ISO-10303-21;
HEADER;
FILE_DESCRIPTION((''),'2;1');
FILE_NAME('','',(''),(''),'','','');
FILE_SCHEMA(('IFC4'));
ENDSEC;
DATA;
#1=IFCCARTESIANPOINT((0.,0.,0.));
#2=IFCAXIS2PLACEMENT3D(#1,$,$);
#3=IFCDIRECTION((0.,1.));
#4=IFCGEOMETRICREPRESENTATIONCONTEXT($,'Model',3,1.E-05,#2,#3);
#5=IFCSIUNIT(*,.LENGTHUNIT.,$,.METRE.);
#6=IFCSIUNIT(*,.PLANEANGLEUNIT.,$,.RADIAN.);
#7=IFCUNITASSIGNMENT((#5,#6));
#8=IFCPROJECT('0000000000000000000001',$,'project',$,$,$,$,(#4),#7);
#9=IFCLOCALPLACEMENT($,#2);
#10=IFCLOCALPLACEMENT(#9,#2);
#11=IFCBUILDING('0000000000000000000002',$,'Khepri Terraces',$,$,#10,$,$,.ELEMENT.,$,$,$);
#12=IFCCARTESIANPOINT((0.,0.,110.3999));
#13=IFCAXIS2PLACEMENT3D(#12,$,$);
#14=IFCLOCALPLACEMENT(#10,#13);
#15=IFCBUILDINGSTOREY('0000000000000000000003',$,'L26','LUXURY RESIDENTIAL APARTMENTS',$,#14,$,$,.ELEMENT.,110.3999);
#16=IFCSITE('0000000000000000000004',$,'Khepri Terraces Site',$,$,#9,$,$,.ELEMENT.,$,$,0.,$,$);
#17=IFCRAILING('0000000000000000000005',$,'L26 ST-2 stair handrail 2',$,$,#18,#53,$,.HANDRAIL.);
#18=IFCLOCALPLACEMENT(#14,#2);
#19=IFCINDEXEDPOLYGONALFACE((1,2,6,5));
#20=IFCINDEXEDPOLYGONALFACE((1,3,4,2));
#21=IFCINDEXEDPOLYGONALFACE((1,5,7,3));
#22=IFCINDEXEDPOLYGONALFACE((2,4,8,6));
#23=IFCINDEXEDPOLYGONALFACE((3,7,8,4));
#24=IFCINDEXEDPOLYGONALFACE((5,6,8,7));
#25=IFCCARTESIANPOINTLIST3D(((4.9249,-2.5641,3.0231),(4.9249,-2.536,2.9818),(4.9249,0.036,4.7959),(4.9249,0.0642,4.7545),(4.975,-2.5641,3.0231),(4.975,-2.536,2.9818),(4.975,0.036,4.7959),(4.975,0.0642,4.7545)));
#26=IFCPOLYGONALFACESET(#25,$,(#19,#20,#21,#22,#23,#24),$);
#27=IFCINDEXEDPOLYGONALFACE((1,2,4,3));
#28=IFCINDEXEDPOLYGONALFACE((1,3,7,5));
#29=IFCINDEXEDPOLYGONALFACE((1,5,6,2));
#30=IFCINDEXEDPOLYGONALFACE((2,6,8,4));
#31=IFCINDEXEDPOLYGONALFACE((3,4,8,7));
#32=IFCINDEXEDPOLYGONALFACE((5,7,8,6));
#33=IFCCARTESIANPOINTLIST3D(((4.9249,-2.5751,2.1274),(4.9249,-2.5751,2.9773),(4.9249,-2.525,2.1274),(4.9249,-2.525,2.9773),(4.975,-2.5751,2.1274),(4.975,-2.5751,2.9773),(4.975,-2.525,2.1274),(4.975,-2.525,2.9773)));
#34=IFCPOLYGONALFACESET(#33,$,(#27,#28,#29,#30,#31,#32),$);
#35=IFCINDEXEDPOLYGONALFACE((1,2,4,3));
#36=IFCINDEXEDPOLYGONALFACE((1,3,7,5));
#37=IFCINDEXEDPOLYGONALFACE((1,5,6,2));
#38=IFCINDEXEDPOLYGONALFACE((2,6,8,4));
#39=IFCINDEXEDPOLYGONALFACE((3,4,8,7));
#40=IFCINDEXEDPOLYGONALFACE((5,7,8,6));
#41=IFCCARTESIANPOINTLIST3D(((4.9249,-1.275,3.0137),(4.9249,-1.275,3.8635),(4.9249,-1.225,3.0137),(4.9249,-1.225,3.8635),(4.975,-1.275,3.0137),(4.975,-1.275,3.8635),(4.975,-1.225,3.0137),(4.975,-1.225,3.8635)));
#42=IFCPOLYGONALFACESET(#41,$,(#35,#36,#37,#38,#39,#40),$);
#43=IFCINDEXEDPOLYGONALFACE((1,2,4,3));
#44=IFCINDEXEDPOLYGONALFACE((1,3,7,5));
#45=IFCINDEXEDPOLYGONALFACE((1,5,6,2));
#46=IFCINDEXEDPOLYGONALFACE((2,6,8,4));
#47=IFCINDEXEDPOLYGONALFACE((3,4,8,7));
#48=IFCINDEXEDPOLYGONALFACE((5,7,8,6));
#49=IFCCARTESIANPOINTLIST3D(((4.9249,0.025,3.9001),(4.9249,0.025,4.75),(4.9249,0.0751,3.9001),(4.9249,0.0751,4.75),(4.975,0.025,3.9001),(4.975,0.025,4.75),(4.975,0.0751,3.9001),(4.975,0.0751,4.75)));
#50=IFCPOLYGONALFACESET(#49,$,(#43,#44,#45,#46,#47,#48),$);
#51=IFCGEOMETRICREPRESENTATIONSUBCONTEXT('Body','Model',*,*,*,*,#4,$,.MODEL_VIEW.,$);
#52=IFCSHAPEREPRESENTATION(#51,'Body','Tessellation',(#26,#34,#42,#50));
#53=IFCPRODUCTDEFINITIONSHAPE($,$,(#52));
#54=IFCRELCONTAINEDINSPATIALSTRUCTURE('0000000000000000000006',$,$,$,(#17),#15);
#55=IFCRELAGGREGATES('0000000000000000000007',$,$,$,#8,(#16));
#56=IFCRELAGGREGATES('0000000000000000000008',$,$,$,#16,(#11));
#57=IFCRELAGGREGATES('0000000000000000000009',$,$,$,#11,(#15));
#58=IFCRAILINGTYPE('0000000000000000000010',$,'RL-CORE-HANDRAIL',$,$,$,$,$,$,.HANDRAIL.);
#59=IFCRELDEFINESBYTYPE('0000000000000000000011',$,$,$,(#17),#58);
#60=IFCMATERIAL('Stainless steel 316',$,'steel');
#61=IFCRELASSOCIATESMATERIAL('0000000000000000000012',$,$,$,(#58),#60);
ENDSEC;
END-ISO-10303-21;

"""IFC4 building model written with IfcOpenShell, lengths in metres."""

from ifc_helpers import new_model, si_unit, direction, frame, origin, origin_2d, place, context, subcontext, project, spatial, rectangle, extrude, material, type_object, element, save


model = new_model("IFC4")

# Units and contexts
model_context = context("Model", 3, precision=1e-05, world=origin(), true_north=direction((0.0, 1.0)))
body_context = subcontext(model_context, "Body", "Model", "MODEL_VIEW")
ifc_project = project(units=[si_unit("LENGTHUNIT", "METRE"), si_unit("PLANEANGLEUNIT", "RADIAN")], contexts=[model_context])

# Site, building, storey
site_placement = place(None, origin())
site = spatial("IfcSite", under=ifc_project, at=site_placement, Name="Khepri Terraces Site", CompositionType="ELEMENT", RefElevation=0.0)
building_placement = place(site_placement, origin())
building = spatial("IfcBuilding", under=site, at=building_placement, Name="Khepri Terraces", CompositionType="ELEMENT")
storey_placement = place(building_placement, frame((0.0, 0.0, 110.3999)))
storey = spatial("IfcBuildingStorey", under=building, at=storey_placement, Name="L26", Description="LUXURY RESIDENTIAL APARTMENTS", CompositionType="ELEMENT", Elevation=110.3999)

# Railing
ifc_material_1 = material(Name="Stainless steel 316", Category="steel")
railing_type_1 = type_object("IfcRailingType", Name="RL-CORE-HANDRAIL", PredefinedType="HANDRAIL", material=ifc_material_1)
railing_1_placement = place(storey_placement, frame((4.95, -2.55, 2.1274)))
element("IfcRailing", 1, at=railing_1_placement, inside=storey, type_object=railing_type_1, Name="L26 ST-2 stair handrail 2", PredefinedType="HANDRAIL", context=body_context, shape_type="SweptSolid", body=[
    extrude(rectangle(XDim=0.05, YDim=0.05, at=origin_2d()), frame((0.0, 0.0, 0.875), z_axis=(0.0, 0.82624, 0.563318), x_axis=(-1.0, 0.0, 0.0)), (0.0, 0.0, 1.0), 3.147),
    extrude(rectangle(XDim=0.05, YDim=0.05, at=origin_2d()), origin(), (0.0, 0.0, 1.0), 0.8499),
    extrude(rectangle(XDim=0.05, YDim=0.05, at=origin_2d()), frame((0.0, 1.3, 0.8862)), (0.0, 0.0, 1.0), 0.8499),
    extrude(rectangle(XDim=0.05, YDim=0.05, at=origin_2d()), frame((0.0, 2.6001, 1.7727)), (0.0, 0.0, 1.0), 0.8499),
])

save(model, "model.ifc")
